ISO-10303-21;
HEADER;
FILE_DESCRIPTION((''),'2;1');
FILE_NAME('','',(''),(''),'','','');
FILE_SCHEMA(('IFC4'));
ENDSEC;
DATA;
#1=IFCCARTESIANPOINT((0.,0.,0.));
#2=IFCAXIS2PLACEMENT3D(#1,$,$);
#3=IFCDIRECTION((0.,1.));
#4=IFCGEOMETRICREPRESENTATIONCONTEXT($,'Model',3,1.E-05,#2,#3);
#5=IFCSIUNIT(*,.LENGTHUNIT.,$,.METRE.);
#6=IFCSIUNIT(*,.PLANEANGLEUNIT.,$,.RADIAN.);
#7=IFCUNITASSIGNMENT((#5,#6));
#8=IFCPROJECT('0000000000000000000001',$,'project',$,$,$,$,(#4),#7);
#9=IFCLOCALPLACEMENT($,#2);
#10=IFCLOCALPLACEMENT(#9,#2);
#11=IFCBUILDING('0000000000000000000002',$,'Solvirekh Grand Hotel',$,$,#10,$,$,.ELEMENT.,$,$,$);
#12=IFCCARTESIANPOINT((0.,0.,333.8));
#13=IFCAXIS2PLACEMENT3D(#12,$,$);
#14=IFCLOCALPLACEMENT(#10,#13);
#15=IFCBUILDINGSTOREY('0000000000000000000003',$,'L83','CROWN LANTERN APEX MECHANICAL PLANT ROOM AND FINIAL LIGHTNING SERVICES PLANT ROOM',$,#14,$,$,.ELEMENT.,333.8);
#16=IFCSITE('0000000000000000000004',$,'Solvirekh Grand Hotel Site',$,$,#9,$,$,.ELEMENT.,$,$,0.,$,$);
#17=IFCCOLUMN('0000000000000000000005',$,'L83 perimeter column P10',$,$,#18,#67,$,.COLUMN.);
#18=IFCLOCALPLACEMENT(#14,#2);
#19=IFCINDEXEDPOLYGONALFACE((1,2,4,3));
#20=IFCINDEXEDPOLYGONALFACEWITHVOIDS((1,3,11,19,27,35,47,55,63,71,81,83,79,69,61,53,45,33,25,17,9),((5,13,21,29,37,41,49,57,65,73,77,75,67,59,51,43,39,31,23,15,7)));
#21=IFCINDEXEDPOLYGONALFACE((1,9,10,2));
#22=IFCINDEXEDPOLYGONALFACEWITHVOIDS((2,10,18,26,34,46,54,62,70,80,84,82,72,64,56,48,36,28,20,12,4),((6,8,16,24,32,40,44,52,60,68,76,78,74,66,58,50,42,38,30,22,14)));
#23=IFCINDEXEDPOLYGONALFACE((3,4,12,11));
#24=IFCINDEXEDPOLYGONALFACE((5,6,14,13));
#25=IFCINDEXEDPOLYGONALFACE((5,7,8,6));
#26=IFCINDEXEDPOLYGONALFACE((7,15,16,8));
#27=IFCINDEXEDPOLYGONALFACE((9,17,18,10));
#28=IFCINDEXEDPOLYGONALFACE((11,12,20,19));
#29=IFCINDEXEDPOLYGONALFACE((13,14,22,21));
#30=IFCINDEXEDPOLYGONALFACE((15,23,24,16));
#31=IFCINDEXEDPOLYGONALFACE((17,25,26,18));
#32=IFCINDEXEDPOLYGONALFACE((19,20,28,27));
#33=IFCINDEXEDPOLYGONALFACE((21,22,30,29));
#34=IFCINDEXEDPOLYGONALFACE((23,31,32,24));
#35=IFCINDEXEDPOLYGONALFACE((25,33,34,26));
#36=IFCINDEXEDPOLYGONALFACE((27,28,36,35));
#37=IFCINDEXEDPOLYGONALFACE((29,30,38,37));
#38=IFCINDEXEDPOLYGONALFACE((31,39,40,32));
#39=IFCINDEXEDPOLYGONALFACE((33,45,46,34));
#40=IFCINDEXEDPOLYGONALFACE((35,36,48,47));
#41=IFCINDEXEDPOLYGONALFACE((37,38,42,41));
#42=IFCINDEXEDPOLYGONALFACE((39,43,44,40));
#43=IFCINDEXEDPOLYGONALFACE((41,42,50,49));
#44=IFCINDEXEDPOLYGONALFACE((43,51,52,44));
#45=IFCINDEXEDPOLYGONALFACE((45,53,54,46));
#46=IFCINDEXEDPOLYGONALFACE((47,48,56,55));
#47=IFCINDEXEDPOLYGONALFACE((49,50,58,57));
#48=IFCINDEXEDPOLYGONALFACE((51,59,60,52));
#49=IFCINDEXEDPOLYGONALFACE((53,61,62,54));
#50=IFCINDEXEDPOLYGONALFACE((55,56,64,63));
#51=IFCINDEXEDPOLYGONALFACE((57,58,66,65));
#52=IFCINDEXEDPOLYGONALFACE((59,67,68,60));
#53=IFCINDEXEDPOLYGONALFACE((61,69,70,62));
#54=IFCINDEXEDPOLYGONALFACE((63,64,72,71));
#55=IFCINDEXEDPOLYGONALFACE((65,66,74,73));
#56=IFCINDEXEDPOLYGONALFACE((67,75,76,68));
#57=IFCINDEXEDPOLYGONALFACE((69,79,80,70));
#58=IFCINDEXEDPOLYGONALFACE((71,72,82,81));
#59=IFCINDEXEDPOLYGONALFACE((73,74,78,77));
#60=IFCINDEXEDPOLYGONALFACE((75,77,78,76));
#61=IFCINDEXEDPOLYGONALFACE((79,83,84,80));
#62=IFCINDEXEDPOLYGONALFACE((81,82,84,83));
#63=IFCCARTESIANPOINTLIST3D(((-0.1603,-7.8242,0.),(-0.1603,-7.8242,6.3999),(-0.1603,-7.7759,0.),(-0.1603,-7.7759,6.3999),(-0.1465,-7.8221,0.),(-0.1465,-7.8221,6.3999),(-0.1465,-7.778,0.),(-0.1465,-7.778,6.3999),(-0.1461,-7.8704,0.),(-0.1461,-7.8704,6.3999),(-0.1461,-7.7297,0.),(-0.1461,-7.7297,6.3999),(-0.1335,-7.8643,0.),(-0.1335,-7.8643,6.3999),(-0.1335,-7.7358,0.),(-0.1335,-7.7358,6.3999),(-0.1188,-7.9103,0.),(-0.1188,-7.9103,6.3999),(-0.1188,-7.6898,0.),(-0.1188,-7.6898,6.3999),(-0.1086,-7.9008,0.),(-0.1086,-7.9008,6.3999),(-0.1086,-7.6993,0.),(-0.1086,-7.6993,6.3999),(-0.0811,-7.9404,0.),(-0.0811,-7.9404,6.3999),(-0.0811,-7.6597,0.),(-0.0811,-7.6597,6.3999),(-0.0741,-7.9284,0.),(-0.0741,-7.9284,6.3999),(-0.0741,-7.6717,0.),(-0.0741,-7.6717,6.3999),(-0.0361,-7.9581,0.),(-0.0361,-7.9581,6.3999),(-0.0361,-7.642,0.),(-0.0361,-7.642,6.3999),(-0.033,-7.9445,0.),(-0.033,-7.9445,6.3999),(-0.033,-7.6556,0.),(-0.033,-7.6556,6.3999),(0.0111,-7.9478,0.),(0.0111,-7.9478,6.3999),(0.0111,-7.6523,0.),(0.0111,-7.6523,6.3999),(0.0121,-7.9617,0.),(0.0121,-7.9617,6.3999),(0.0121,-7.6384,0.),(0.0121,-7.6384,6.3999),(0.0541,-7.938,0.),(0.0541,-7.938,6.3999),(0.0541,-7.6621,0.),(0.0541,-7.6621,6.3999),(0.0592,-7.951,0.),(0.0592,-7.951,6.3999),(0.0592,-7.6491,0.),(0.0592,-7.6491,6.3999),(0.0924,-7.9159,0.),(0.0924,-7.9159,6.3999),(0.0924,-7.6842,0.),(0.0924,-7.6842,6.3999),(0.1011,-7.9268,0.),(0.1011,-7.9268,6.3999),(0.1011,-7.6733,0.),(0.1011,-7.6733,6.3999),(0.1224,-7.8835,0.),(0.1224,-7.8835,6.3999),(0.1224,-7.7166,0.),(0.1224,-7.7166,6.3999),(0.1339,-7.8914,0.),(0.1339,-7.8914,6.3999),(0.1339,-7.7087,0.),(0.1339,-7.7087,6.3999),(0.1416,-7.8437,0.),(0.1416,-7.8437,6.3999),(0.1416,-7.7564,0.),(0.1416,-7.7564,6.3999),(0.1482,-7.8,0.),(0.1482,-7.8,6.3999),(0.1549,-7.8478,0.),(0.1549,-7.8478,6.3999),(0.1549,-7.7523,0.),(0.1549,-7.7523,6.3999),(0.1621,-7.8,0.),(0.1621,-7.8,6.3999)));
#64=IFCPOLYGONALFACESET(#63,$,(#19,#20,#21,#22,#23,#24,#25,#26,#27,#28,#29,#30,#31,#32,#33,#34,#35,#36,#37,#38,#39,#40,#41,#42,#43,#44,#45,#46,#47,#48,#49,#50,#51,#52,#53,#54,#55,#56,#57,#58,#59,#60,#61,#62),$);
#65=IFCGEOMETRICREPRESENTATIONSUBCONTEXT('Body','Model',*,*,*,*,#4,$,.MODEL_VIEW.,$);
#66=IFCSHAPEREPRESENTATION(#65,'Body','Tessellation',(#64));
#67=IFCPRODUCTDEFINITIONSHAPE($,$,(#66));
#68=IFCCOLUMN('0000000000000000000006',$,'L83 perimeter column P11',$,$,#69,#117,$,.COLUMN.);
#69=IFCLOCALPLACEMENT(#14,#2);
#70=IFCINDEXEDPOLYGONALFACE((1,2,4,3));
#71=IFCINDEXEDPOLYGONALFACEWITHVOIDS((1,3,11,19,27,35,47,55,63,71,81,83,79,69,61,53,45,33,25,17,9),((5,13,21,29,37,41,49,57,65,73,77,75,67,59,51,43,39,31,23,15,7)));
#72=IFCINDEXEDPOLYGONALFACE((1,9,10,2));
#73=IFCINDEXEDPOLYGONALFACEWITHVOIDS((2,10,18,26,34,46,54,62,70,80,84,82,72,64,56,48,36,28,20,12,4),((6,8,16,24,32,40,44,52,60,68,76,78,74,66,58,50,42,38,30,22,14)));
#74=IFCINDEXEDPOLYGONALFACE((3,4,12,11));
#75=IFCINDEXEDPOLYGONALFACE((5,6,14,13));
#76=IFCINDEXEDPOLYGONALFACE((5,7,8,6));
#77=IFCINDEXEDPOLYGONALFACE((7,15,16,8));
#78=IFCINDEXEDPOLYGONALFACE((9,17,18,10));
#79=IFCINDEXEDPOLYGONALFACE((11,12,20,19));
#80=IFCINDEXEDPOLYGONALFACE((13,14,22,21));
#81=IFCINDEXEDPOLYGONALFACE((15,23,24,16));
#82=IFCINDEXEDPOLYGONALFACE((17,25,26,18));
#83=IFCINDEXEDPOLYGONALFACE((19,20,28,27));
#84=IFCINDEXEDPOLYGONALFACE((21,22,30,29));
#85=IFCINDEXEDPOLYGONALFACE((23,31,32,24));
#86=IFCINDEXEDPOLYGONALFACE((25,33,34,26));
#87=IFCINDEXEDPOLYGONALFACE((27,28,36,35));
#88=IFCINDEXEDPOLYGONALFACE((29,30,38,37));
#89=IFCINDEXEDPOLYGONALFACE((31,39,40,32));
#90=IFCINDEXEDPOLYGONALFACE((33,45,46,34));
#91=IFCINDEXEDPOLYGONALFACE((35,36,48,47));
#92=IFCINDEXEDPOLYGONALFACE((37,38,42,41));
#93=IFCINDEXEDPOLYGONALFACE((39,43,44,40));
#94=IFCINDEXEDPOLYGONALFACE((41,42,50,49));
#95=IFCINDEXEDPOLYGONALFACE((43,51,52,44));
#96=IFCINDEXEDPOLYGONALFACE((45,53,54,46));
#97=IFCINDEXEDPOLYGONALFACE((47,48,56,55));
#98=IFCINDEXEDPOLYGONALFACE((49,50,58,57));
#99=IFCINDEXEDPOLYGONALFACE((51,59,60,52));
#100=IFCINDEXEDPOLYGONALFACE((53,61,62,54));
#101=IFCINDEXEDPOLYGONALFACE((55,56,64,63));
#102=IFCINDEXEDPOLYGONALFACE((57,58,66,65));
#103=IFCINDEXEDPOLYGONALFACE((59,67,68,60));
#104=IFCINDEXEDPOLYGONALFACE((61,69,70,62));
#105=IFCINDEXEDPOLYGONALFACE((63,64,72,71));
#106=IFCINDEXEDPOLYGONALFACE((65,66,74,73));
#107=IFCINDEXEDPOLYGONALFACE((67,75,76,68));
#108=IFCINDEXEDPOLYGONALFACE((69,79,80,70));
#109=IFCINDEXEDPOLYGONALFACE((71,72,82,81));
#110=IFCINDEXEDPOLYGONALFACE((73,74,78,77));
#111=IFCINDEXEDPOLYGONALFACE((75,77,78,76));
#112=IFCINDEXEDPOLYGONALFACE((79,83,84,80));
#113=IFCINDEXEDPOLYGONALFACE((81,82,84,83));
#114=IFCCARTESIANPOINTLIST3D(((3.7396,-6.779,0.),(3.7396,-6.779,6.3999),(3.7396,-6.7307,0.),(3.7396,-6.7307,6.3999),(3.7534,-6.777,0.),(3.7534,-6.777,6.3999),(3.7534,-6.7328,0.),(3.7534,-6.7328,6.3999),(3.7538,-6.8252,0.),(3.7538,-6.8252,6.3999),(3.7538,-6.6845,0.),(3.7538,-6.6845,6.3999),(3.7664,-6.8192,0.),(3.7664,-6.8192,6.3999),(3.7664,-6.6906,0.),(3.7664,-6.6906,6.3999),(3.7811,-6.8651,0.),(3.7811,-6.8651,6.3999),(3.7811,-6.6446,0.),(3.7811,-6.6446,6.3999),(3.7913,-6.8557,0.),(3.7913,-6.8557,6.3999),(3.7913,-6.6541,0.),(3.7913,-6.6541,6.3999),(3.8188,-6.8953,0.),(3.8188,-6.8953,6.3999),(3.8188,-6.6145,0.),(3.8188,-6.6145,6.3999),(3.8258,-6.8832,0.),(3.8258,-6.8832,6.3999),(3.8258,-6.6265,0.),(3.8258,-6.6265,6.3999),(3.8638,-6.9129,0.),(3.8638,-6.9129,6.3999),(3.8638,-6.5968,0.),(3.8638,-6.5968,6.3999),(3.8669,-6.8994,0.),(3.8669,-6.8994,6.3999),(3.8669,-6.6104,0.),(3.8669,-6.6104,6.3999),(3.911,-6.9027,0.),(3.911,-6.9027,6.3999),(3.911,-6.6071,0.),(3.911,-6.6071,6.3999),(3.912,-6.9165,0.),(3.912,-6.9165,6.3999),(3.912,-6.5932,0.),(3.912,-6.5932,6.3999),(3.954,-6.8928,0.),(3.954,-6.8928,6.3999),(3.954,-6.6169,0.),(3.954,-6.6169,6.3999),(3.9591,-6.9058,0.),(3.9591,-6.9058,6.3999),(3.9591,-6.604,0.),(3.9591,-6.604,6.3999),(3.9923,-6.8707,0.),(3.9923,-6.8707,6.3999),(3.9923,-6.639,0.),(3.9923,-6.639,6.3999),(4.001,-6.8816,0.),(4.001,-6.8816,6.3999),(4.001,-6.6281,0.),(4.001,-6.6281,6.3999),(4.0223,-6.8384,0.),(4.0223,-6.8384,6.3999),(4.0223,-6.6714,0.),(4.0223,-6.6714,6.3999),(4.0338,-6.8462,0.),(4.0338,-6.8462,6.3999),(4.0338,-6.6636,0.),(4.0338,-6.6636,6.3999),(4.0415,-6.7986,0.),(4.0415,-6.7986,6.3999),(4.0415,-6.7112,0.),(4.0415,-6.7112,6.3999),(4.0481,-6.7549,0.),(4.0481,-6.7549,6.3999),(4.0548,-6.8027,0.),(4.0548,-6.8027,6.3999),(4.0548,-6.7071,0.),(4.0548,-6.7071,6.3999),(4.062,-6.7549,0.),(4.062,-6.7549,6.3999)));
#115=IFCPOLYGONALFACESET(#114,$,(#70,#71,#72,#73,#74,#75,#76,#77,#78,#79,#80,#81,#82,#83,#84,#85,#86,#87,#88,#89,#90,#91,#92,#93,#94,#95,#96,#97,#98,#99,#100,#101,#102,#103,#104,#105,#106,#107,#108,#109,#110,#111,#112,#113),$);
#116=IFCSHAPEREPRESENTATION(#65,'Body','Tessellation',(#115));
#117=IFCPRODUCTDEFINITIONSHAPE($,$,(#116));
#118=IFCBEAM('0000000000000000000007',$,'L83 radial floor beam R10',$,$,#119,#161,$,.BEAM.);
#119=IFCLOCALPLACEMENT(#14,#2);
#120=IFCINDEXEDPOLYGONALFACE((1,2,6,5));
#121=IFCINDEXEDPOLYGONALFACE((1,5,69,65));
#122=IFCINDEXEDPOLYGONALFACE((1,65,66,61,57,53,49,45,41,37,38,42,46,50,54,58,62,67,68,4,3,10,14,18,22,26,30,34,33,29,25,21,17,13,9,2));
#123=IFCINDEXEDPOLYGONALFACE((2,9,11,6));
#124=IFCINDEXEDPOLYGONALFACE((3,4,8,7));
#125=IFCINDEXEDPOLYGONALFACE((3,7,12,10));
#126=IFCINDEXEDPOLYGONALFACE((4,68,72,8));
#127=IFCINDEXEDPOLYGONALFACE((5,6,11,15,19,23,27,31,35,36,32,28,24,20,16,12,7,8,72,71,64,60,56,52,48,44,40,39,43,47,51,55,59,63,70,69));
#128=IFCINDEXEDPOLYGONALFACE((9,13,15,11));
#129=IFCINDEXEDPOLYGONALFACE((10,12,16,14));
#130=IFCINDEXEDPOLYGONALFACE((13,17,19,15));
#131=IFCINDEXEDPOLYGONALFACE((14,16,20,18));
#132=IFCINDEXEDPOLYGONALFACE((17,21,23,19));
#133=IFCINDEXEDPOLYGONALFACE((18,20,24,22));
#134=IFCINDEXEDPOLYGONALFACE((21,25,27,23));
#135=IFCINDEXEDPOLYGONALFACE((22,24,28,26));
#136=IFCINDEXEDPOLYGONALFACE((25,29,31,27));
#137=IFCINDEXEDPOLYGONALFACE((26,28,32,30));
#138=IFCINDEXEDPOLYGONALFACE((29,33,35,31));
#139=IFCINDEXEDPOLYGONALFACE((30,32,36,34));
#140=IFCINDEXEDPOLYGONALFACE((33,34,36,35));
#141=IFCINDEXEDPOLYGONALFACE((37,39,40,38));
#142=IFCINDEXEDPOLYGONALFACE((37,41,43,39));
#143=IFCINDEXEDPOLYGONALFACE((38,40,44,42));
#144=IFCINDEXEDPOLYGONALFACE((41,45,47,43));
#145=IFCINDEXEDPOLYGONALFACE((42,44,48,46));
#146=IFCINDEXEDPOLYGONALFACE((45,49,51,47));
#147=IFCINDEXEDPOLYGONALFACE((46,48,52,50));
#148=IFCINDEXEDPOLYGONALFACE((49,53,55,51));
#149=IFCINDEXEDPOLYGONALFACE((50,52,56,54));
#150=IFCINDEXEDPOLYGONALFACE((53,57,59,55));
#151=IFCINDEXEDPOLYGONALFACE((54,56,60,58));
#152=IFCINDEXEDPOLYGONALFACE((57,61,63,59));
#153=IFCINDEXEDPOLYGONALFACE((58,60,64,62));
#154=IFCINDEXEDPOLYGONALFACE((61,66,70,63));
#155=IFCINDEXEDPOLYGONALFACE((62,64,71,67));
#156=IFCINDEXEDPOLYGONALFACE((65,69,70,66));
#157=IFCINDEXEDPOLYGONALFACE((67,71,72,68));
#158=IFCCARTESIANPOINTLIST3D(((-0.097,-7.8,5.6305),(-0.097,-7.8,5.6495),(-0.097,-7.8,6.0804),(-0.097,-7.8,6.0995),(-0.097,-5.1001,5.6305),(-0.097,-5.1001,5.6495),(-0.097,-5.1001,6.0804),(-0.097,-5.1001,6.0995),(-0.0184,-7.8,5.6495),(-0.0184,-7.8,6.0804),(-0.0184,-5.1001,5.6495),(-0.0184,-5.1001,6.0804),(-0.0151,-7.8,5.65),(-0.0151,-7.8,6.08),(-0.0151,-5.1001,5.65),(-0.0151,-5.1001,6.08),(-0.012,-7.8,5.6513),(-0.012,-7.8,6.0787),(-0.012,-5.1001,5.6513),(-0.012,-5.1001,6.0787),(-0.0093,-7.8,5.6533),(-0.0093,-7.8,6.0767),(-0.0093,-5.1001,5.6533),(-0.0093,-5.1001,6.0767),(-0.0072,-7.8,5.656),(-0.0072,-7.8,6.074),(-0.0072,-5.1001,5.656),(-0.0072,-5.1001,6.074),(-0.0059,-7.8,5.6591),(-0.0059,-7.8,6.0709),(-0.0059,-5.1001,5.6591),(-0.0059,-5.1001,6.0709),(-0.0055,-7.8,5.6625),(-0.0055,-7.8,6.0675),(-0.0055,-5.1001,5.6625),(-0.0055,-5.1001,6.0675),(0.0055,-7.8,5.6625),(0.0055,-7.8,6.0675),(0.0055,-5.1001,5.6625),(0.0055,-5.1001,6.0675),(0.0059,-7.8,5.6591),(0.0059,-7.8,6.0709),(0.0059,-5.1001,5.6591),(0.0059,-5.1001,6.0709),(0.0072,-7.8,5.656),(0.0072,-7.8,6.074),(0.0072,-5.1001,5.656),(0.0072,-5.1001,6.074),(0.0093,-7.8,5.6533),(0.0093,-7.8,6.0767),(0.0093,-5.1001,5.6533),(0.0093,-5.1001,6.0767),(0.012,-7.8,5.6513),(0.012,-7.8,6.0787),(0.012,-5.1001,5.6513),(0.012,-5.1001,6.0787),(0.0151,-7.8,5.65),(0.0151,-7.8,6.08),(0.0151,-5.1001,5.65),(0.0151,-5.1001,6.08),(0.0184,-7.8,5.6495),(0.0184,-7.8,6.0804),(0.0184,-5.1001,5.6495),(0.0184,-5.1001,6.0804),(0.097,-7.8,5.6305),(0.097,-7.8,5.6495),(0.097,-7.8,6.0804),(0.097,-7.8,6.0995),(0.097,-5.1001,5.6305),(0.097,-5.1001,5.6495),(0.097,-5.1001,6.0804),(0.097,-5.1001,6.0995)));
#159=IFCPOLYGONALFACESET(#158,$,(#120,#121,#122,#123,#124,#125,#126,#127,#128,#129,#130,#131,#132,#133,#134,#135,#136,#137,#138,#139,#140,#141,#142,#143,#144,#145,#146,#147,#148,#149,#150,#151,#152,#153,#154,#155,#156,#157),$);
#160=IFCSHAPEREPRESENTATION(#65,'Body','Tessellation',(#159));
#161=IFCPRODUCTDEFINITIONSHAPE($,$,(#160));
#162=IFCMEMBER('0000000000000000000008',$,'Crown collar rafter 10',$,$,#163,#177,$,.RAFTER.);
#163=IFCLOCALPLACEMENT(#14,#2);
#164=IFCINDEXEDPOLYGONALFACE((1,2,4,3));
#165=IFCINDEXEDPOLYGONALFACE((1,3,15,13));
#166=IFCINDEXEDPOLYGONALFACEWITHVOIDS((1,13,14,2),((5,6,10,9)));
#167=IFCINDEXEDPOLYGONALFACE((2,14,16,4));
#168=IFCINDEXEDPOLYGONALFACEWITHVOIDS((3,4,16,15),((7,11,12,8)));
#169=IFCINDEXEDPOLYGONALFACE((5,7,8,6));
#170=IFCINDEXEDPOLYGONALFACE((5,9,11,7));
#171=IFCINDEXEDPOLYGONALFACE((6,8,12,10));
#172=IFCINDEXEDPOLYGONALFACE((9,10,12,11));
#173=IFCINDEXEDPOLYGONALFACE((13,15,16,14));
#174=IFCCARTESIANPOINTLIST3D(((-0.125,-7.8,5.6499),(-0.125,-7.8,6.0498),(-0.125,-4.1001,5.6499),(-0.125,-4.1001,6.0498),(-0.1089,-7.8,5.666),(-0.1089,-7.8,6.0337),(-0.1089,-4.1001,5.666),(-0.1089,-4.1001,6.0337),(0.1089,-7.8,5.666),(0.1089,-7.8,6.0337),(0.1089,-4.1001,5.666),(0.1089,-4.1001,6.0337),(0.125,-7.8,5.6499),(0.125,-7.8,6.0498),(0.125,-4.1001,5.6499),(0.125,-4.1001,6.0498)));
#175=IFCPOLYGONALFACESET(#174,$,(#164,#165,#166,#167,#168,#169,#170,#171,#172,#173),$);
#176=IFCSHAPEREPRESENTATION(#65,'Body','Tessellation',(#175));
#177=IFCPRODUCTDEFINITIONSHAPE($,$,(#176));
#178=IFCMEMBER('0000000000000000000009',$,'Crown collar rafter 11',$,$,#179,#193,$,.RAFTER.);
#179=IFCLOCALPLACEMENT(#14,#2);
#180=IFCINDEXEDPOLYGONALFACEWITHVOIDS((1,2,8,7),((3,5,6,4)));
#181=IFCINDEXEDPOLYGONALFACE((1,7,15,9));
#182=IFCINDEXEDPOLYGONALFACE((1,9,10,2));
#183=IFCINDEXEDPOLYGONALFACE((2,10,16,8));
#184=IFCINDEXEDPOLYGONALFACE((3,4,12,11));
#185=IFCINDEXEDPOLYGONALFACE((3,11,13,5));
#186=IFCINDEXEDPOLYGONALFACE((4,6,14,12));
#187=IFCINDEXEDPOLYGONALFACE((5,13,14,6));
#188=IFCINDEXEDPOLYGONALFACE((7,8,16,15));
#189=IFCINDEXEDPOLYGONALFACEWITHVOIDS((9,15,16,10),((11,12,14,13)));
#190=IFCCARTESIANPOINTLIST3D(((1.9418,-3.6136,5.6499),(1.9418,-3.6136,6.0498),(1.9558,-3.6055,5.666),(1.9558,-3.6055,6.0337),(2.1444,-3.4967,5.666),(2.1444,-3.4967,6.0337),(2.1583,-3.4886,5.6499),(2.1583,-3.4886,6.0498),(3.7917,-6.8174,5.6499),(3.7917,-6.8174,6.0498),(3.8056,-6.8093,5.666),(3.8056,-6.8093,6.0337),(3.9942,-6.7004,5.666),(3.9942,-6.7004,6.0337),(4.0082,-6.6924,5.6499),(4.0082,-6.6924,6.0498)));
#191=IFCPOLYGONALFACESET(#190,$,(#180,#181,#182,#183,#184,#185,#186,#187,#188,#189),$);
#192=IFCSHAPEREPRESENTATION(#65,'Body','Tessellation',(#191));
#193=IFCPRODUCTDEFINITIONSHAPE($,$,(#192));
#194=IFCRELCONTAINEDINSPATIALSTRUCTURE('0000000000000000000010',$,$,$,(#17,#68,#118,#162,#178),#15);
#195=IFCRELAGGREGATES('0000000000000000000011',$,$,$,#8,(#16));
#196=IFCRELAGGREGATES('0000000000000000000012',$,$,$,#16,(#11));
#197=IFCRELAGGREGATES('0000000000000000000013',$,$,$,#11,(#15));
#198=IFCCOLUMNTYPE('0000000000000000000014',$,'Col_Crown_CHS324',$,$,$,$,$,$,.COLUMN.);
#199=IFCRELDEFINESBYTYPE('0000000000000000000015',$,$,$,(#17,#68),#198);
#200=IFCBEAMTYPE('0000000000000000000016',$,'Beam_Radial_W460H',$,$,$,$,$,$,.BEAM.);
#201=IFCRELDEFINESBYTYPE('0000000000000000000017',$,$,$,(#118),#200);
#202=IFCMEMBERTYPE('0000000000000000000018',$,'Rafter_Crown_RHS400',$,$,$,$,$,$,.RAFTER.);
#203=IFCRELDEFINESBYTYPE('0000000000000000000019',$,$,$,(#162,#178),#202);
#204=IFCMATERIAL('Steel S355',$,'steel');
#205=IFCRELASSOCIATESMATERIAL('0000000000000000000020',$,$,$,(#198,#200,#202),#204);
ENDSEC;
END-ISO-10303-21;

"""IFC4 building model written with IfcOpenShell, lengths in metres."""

from ifc_helpers import new_model, si_unit, direction, frame, origin, origin_2d, place, context, subcontext, project, spatial, hollow_rectangle, hollow_circle, i_section, extrude, material, material_profile, profile_set, type_object, element, save


model = new_model("IFC4")

# Units and contexts
model_context = context("Model", 3, precision=1e-05, world=origin(), true_north=direction((0.0, 1.0)))
body_context = subcontext(model_context, "Body", "Model", "MODEL_VIEW")
ifc_project = project(units=[si_unit("LENGTHUNIT", "METRE"), si_unit("PLANEANGLEUNIT", "RADIAN")], contexts=[model_context])

# Site, building, storey
site_placement = place(None, origin())
site = spatial("IfcSite", under=ifc_project, at=site_placement, Name="Solvirekh Grand Hotel Site", CompositionType="ELEMENT", RefElevation=0.0)
building_placement = place(site_placement, origin())
building = spatial("IfcBuilding", under=site, at=building_placement, Name="Solvirekh Grand Hotel", CompositionType="ELEMENT")
storey_placement = place(building_placement, frame((0.0, 0.0, 333.8)))
storey = spatial("IfcBuildingStorey", under=building, at=storey_placement, Name="L83", Description="CROWN LANTERN APEX MECHANICAL PLANT ROOM AND FINIAL LIGHTNING SERVICES PLANT ROOM", CompositionType="ELEMENT", Elevation=333.8)

# Columns
ifc_material_1 = material(Name="Steel S355", Category="steel")
ifc_material_profile_1 = material_profile(ifc_material_1, hollow_circle(Radius=0.1621, WallThickness=0.0139, at=origin_2d()), Name="CHS 324X14")
ifc_profile_set_1 = profile_set([ifc_material_profile_1], Name="Steel S355")
column_type = type_object("IfcColumnType", Name="Col_Crown_CHS324", PredefinedType="COLUMN", material=ifc_profile_set_1)
for number, where, z_axis, x_axis, name in (
    (1, (0.0, -7.8, 0.0), (0.0, 0.0, 1.0), (1.0, 0.0, 0.0), "L83 perimeter column P10"),
    (2, (3.8999, -6.7549, 0.0), (0.0, 0.0, 1.0), (1.0, 0.0, 0.0), "L83 perimeter column P11"),
):
    element("IfcColumn", number, at=place(storey_placement, frame(where, z_axis=z_axis, x_axis=x_axis)), inside=storey, type_object=column_type, Name=name, PredefinedType="COLUMN", context=body_context, shape_type="SweptSolid", body=[
        extrude(hollow_circle(Radius=0.1621, WallThickness=0.0139, at=origin_2d()), origin(), (0.0, 0.0, 1.0), 6.3999),
    ])

# Beam
ifc_material_profile_2 = material_profile(ifc_material_1, i_section(OverallWidth=0.1941, OverallDepth=0.469, WebThickness=0.011, FlangeThickness=0.019, FilletRadius=0.0129, at=origin_2d()), Name="W460X106")
ifc_profile_set_2 = profile_set([ifc_material_profile_2], Name="Steel S355")
beam_type_1 = type_object("IfcBeamType", Name="Beam_Radial_W460H", PredefinedType="BEAM", material=ifc_profile_set_2)
beam_placement = place(storey_placement, frame((0.0, -5.1001, 5.865), z_axis=(0.0, -1.0, 0.0), x_axis=(1.0, 0.0, 0.0)))
element("IfcBeam", 3, at=beam_placement, inside=storey, type_object=beam_type_1, Name="L83 radial floor beam R10", PredefinedType="BEAM", context=body_context, shape_type="SweptSolid", body=[
    extrude(i_section(OverallWidth=0.1941, OverallDepth=0.469, WebThickness=0.011, FlangeThickness=0.019, FilletRadius=0.0129, at=origin_2d()), origin(), (0.0, 0.0, 1.0), 2.7),
])

# Members
ifc_material_profile_3 = material_profile(ifc_material_1, hollow_rectangle(XDim=0.25, YDim=0.3999, WallThickness=0.0161, at=origin_2d()), Name="RHS 400X250X16")
ifc_profile_set_3 = profile_set([ifc_material_profile_3], Name="Steel S355")
member_type_1 = type_object("IfcMemberType", Name="Rafter_Crown_RHS400", PredefinedType="RAFTER", material=ifc_profile_set_3)
member_1_placement = place(storey_placement, frame((0.0, -7.8, 5.8499), z_axis=(0.0, 1.0, 0.0), x_axis=(-1.0, 0.0, 0.0)))
element("IfcMember", 4, at=member_1_placement, inside=storey, type_object=member_type_1, Name="Crown collar rafter 10", PredefinedType="RAFTER", context=body_context, shape_type="SweptSolid", body=[
    extrude(hollow_rectangle(XDim=0.25, YDim=0.3999, WallThickness=0.0161, at=origin_2d()), origin(), (0.0, 0.0, 1.0), 3.7),
])
member_2_placement = place(storey_placement, frame((3.8999, -6.7549, 5.8499), z_axis=(-0.500021, 0.866013, 0.0), x_axis=(-0.866013, -0.500021, 0.0)))
element("IfcMember", 5, at=member_2_placement, inside=storey, type_object=member_type_1, Name="Crown collar rafter 11", PredefinedType="RAFTER", context=body_context, shape_type="SweptSolid", body=[
    extrude(hollow_rectangle(XDim=0.25, YDim=0.3999, WallThickness=0.0161, at=origin_2d()), origin(), (0.0, 0.0, 1.0), 3.6995),
])

save(model, "model.ifc")
